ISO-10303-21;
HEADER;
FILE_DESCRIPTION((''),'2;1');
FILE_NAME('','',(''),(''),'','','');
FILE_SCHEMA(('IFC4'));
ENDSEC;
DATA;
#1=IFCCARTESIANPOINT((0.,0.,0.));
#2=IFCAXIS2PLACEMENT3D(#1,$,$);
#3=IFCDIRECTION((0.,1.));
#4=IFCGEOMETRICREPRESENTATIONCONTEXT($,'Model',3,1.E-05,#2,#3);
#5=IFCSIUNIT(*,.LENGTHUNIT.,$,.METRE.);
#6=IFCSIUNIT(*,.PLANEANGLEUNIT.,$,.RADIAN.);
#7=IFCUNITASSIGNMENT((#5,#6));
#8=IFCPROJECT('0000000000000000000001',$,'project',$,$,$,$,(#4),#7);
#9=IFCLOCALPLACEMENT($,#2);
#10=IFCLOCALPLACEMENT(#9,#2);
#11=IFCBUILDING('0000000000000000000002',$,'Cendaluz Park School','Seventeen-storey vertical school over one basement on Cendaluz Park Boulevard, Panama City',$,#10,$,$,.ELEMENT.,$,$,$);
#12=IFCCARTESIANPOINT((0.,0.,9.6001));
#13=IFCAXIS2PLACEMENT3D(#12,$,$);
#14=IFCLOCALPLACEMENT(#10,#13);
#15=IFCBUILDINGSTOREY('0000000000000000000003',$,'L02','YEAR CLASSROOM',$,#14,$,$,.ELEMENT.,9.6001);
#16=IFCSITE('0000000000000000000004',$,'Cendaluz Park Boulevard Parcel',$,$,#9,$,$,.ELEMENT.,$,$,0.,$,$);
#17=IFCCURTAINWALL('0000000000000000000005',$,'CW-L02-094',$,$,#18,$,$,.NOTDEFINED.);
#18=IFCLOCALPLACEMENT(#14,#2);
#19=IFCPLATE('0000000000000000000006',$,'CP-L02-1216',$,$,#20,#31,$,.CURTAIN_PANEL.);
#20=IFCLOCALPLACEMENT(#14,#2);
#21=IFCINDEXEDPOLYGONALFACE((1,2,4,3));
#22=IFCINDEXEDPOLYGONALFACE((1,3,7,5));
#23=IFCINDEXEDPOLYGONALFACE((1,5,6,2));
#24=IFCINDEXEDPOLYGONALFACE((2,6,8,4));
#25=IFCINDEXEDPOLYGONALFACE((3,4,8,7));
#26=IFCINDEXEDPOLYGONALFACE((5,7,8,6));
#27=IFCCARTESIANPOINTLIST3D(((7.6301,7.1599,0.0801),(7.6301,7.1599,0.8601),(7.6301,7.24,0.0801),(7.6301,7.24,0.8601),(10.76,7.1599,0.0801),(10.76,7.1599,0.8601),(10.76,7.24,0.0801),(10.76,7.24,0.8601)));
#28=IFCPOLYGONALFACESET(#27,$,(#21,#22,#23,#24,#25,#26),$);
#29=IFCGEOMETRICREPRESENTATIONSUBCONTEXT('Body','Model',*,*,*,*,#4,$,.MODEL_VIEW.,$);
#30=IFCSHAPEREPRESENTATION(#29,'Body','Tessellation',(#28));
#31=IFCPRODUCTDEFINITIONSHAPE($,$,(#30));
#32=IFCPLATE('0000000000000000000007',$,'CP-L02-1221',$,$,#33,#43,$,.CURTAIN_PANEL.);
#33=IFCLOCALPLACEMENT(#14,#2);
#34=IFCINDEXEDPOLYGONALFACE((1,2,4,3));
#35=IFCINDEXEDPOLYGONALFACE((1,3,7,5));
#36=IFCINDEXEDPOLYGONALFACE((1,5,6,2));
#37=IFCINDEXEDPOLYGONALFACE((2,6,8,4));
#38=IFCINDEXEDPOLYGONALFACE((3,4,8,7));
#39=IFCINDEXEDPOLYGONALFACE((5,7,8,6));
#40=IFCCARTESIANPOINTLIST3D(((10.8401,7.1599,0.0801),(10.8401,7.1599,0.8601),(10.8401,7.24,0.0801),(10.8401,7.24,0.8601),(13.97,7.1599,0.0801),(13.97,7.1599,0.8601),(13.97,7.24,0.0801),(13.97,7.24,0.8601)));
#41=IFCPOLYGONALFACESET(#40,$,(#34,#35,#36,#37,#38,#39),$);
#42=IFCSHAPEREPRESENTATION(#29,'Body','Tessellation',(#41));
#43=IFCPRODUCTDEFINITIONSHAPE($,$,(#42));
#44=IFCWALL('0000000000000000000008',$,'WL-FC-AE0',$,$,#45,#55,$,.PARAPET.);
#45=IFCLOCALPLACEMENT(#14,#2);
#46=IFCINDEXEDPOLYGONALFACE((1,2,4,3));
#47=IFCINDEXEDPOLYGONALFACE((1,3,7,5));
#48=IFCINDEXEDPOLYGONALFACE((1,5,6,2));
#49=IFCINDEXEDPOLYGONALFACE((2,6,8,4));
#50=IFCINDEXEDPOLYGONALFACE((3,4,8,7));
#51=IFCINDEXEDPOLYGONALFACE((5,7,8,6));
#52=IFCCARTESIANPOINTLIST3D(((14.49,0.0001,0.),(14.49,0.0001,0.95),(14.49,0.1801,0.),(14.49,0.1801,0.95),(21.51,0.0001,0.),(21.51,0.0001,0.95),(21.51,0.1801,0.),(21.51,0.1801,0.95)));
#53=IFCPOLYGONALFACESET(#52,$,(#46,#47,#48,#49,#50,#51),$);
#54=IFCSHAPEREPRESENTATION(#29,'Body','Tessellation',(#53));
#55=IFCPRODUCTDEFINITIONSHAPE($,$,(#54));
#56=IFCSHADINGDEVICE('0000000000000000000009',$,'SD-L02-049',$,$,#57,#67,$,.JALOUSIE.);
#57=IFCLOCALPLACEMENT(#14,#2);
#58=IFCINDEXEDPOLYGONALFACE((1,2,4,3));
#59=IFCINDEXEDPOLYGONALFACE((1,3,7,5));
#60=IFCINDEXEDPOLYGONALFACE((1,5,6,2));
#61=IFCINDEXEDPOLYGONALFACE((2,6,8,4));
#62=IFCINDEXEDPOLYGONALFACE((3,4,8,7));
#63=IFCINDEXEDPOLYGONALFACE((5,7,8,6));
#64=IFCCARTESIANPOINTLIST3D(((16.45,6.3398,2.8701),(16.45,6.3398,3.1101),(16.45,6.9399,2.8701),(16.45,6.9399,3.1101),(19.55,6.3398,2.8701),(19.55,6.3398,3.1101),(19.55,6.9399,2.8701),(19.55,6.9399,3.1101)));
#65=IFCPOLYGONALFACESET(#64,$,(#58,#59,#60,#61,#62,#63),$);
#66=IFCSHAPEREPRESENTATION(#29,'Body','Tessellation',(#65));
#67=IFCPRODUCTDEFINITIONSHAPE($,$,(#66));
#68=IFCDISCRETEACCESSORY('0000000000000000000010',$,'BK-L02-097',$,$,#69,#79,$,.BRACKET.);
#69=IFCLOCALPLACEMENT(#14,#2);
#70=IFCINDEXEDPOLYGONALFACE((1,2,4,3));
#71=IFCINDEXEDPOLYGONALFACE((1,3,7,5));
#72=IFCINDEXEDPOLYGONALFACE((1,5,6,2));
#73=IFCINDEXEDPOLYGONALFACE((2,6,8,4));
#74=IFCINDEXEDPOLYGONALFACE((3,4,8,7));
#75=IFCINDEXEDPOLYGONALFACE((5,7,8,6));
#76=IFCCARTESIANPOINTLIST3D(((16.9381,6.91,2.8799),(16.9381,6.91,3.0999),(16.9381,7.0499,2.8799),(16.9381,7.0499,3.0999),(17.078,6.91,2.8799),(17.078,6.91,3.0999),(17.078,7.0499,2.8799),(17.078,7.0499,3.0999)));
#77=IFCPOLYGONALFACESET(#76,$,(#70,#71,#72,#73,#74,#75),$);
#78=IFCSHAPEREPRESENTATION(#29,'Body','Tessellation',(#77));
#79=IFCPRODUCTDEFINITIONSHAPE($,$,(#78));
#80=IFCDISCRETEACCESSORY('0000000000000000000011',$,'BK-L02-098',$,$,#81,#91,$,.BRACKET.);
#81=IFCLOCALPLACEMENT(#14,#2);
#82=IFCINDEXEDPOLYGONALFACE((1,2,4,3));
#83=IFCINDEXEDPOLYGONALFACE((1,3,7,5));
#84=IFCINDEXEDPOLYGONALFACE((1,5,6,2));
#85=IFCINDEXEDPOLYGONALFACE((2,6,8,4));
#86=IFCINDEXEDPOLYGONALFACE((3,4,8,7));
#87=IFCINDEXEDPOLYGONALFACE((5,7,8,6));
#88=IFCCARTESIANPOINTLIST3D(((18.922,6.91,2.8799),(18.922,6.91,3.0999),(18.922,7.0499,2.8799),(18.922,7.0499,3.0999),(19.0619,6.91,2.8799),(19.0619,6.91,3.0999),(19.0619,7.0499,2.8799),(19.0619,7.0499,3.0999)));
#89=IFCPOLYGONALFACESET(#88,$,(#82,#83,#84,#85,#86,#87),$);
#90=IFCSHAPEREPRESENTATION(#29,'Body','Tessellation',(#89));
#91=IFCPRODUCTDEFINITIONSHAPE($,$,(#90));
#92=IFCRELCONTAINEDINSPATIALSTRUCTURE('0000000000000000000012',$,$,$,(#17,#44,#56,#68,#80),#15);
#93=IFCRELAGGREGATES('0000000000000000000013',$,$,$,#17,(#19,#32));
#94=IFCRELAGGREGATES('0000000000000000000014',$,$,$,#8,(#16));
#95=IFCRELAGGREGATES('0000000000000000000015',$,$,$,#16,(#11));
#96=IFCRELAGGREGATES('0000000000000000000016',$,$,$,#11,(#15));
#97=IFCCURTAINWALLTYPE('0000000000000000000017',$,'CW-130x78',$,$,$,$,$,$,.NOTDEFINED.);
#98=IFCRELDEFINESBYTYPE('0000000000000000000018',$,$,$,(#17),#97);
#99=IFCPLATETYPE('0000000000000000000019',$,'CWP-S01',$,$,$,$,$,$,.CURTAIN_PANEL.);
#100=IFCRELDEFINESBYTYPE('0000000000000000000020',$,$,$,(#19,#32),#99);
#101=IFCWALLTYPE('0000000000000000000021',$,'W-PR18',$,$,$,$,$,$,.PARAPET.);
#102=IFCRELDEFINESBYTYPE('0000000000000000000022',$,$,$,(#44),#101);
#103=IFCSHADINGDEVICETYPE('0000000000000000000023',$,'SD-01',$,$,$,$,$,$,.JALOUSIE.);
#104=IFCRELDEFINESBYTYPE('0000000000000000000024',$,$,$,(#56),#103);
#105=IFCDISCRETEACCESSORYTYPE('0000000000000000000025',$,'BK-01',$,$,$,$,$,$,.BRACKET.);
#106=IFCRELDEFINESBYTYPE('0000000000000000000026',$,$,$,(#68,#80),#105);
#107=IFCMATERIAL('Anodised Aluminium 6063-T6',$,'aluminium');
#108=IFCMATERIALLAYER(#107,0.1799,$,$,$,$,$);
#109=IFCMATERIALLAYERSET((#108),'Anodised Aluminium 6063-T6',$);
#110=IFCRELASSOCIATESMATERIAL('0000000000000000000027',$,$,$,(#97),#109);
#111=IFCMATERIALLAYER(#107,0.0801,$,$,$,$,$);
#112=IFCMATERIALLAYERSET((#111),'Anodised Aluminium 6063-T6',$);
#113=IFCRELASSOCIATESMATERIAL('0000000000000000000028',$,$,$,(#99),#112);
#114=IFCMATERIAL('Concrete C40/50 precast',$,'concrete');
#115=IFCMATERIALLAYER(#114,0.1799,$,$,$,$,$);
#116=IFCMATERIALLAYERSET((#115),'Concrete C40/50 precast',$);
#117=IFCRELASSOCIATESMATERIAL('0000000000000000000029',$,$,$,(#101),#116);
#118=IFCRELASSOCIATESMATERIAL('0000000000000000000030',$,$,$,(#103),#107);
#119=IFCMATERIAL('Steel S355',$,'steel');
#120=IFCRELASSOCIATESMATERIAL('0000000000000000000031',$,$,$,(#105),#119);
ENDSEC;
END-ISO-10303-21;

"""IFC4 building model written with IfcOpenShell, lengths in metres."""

from ifc_helpers import new_model, si_unit, direction, frame, frame_2d, origin, origin_2d, place, context, subcontext, project, spatial, rectangle, extrude, material, layer, layer_set, type_object, element, aggregate, save


model = new_model("IFC4")

# Units and contexts
model_context = context("Model", 3, precision=1e-05, world=origin(), true_north=direction((0.0, 1.0)))
body_context = subcontext(model_context, "Body", "Model", "MODEL_VIEW")
ifc_project = project(units=[si_unit("LENGTHUNIT", "METRE"), si_unit("PLANEANGLEUNIT", "RADIAN")], contexts=[model_context])

# Site, building, storey
site_placement = place(None, origin())
site = spatial("IfcSite", under=ifc_project, at=site_placement, Name="Cendaluz Park Boulevard Parcel", CompositionType="ELEMENT", RefElevation=0.0)
building_placement = place(site_placement, origin())
building = spatial("IfcBuilding", under=site, at=building_placement, Name="Cendaluz Park School", Description="Seventeen-storey vertical school over one basement on Cendaluz Park Boulevard, Panama City", CompositionType="ELEMENT")
storey_placement = place(building_placement, frame((0.0, 0.0, 9.6001)))
storey = spatial("IfcBuildingStorey", under=building, at=storey_placement, Name="L02", Description="YEAR CLASSROOM", CompositionType="ELEMENT", Elevation=9.6001)

# Curtain wall, plates
ifc_material_1 = material(Name="Anodised Aluminium 6063-T6", Category="aluminium")
ifc_layer_1 = layer(ifc_material_1, 0.1799)
ifc_layer_set_1 = layer_set([ifc_layer_1], Name="Anodised Aluminium 6063-T6")
curtain_wall_type = type_object("IfcCurtainWallType", Name="CW-130x78", PredefinedType="NOTDEFINED", material=ifc_layer_set_1)
curtain_wall_placement = place(storey_placement, origin())
curtain_wall = element("IfcCurtainWall", 1, at=curtain_wall_placement, inside=storey, type_object=curtain_wall_type, Name="CW-L02-094", PredefinedType="NOTDEFINED")
ifc_layer_2 = layer(ifc_material_1, 0.0801)
ifc_layer_set_2 = layer_set([ifc_layer_2], Name="Anodised Aluminium 6063-T6")
plate_type_1 = type_object("IfcPlateType", Name="CWP-S01", PredefinedType="CURTAIN_PANEL", material=ifc_layer_set_2)
plate_1_placement = place(storey_placement, frame((9.1951, 7.2, 0.0801), z_axis=(0.0, 0.0, 1.0), x_axis=(1.0, 0.0, 0.0)))
plate_1 = element("IfcPlate", 2, at=plate_1_placement, type_object=plate_type_1, Name="CP-L02-1216", PredefinedType="CURTAIN_PANEL", context=body_context, shape_type="SweptSolid", body=[
    extrude(rectangle(XDim=3.1299, YDim=0.0801, at=origin_2d()), origin(), (0.0, 0.0, 1.0), 0.78),
])
plate_2_placement = place(storey_placement, frame((12.405, 7.2, 0.0801), z_axis=(0.0, 0.0, 1.0), x_axis=(1.0, 0.0, 0.0)))
plate_2 = element("IfcPlate", 3, at=plate_2_placement, type_object=plate_type_1, Name="CP-L02-1221", PredefinedType="CURTAIN_PANEL", context=body_context, shape_type="SweptSolid", body=[
    extrude(rectangle(XDim=3.1299, YDim=0.0801, at=origin_2d()), origin(), (0.0, 0.0, 1.0), 0.78),
])
aggregate(curtain_wall, [plate_1, plate_2])

# Wall
ifc_material_2 = material(Name="Concrete C40/50 precast", Category="concrete")
ifc_layer_3 = layer(ifc_material_2, 0.1799)
ifc_layer_set_3 = layer_set([ifc_layer_3], Name="Concrete C40/50 precast")
wall_type = type_object("IfcWallType", Name="W-PR18", PredefinedType="PARAPET", material=ifc_layer_set_3)
wall_placement = place(storey_placement, frame((14.49, 0.0901, 0.0), z_axis=(0.0, 0.0, 1.0), x_axis=(1.0, 0.0, 0.0)))
element("IfcWall", 4, at=wall_placement, inside=storey, type_object=wall_type, Name="WL-FC-AE0", PredefinedType="PARAPET", context=body_context, shape_type="SweptSolid", body=[
    extrude(rectangle(XDim=7.02, YDim=0.1799, at=frame_2d((3.51, 0.0))), origin(), (0.0, 0.0, 1.0), 0.95),
])

# Shading device
shading_device_type = type_object("IfcShadingDeviceType", Name="SD-01", PredefinedType="JALOUSIE", material=ifc_material_1)
shading_device_placement = place(storey_placement, frame((18.0, 6.6399, 2.8701), z_axis=(0.0, 0.0, 1.0), x_axis=(1.0, 0.0, 0.0)))
element("IfcShadingDevice", 5, at=shading_device_placement, inside=storey, type_object=shading_device_type, Name="SD-L02-049", PredefinedType="JALOUSIE", context=body_context, shape_type="SweptSolid", body=[
    extrude(rectangle(XDim=3.1001, YDim=0.6001, at=origin_2d()), origin(), (0.0, 0.0, 1.0), 0.24),
])

# Discrete accessories
ifc_material_3 = material(Name="Steel S355", Category="steel")
discrete_accessory_type = type_object("IfcDiscreteAccessoryType", Name="BK-01", PredefinedType="BRACKET", material=ifc_material_3)
for number, where, z_axis, x_axis, name in (
    (6, (17.0081, 6.98, 2.8799), (0.0, 0.0, 1.0), (1.0, 0.0, 0.0), "BK-L02-097"),
    (7, (18.9919, 6.98, 2.8799), (0.0, 0.0, 1.0), (1.0, 0.0, 0.0), "BK-L02-098"),
):
    element("IfcDiscreteAccessory", number, at=place(storey_placement, frame(where, z_axis=z_axis, x_axis=x_axis)), inside=storey, type_object=discrete_accessory_type, Name=name, PredefinedType="BRACKET", context=body_context, shape_type="SweptSolid", body=[
        extrude(rectangle(XDim=0.1399, YDim=0.1399, at=origin_2d()), origin(), (0.0, 0.0, 1.0), 0.22),
    ])

save(model, "model.ifc")
